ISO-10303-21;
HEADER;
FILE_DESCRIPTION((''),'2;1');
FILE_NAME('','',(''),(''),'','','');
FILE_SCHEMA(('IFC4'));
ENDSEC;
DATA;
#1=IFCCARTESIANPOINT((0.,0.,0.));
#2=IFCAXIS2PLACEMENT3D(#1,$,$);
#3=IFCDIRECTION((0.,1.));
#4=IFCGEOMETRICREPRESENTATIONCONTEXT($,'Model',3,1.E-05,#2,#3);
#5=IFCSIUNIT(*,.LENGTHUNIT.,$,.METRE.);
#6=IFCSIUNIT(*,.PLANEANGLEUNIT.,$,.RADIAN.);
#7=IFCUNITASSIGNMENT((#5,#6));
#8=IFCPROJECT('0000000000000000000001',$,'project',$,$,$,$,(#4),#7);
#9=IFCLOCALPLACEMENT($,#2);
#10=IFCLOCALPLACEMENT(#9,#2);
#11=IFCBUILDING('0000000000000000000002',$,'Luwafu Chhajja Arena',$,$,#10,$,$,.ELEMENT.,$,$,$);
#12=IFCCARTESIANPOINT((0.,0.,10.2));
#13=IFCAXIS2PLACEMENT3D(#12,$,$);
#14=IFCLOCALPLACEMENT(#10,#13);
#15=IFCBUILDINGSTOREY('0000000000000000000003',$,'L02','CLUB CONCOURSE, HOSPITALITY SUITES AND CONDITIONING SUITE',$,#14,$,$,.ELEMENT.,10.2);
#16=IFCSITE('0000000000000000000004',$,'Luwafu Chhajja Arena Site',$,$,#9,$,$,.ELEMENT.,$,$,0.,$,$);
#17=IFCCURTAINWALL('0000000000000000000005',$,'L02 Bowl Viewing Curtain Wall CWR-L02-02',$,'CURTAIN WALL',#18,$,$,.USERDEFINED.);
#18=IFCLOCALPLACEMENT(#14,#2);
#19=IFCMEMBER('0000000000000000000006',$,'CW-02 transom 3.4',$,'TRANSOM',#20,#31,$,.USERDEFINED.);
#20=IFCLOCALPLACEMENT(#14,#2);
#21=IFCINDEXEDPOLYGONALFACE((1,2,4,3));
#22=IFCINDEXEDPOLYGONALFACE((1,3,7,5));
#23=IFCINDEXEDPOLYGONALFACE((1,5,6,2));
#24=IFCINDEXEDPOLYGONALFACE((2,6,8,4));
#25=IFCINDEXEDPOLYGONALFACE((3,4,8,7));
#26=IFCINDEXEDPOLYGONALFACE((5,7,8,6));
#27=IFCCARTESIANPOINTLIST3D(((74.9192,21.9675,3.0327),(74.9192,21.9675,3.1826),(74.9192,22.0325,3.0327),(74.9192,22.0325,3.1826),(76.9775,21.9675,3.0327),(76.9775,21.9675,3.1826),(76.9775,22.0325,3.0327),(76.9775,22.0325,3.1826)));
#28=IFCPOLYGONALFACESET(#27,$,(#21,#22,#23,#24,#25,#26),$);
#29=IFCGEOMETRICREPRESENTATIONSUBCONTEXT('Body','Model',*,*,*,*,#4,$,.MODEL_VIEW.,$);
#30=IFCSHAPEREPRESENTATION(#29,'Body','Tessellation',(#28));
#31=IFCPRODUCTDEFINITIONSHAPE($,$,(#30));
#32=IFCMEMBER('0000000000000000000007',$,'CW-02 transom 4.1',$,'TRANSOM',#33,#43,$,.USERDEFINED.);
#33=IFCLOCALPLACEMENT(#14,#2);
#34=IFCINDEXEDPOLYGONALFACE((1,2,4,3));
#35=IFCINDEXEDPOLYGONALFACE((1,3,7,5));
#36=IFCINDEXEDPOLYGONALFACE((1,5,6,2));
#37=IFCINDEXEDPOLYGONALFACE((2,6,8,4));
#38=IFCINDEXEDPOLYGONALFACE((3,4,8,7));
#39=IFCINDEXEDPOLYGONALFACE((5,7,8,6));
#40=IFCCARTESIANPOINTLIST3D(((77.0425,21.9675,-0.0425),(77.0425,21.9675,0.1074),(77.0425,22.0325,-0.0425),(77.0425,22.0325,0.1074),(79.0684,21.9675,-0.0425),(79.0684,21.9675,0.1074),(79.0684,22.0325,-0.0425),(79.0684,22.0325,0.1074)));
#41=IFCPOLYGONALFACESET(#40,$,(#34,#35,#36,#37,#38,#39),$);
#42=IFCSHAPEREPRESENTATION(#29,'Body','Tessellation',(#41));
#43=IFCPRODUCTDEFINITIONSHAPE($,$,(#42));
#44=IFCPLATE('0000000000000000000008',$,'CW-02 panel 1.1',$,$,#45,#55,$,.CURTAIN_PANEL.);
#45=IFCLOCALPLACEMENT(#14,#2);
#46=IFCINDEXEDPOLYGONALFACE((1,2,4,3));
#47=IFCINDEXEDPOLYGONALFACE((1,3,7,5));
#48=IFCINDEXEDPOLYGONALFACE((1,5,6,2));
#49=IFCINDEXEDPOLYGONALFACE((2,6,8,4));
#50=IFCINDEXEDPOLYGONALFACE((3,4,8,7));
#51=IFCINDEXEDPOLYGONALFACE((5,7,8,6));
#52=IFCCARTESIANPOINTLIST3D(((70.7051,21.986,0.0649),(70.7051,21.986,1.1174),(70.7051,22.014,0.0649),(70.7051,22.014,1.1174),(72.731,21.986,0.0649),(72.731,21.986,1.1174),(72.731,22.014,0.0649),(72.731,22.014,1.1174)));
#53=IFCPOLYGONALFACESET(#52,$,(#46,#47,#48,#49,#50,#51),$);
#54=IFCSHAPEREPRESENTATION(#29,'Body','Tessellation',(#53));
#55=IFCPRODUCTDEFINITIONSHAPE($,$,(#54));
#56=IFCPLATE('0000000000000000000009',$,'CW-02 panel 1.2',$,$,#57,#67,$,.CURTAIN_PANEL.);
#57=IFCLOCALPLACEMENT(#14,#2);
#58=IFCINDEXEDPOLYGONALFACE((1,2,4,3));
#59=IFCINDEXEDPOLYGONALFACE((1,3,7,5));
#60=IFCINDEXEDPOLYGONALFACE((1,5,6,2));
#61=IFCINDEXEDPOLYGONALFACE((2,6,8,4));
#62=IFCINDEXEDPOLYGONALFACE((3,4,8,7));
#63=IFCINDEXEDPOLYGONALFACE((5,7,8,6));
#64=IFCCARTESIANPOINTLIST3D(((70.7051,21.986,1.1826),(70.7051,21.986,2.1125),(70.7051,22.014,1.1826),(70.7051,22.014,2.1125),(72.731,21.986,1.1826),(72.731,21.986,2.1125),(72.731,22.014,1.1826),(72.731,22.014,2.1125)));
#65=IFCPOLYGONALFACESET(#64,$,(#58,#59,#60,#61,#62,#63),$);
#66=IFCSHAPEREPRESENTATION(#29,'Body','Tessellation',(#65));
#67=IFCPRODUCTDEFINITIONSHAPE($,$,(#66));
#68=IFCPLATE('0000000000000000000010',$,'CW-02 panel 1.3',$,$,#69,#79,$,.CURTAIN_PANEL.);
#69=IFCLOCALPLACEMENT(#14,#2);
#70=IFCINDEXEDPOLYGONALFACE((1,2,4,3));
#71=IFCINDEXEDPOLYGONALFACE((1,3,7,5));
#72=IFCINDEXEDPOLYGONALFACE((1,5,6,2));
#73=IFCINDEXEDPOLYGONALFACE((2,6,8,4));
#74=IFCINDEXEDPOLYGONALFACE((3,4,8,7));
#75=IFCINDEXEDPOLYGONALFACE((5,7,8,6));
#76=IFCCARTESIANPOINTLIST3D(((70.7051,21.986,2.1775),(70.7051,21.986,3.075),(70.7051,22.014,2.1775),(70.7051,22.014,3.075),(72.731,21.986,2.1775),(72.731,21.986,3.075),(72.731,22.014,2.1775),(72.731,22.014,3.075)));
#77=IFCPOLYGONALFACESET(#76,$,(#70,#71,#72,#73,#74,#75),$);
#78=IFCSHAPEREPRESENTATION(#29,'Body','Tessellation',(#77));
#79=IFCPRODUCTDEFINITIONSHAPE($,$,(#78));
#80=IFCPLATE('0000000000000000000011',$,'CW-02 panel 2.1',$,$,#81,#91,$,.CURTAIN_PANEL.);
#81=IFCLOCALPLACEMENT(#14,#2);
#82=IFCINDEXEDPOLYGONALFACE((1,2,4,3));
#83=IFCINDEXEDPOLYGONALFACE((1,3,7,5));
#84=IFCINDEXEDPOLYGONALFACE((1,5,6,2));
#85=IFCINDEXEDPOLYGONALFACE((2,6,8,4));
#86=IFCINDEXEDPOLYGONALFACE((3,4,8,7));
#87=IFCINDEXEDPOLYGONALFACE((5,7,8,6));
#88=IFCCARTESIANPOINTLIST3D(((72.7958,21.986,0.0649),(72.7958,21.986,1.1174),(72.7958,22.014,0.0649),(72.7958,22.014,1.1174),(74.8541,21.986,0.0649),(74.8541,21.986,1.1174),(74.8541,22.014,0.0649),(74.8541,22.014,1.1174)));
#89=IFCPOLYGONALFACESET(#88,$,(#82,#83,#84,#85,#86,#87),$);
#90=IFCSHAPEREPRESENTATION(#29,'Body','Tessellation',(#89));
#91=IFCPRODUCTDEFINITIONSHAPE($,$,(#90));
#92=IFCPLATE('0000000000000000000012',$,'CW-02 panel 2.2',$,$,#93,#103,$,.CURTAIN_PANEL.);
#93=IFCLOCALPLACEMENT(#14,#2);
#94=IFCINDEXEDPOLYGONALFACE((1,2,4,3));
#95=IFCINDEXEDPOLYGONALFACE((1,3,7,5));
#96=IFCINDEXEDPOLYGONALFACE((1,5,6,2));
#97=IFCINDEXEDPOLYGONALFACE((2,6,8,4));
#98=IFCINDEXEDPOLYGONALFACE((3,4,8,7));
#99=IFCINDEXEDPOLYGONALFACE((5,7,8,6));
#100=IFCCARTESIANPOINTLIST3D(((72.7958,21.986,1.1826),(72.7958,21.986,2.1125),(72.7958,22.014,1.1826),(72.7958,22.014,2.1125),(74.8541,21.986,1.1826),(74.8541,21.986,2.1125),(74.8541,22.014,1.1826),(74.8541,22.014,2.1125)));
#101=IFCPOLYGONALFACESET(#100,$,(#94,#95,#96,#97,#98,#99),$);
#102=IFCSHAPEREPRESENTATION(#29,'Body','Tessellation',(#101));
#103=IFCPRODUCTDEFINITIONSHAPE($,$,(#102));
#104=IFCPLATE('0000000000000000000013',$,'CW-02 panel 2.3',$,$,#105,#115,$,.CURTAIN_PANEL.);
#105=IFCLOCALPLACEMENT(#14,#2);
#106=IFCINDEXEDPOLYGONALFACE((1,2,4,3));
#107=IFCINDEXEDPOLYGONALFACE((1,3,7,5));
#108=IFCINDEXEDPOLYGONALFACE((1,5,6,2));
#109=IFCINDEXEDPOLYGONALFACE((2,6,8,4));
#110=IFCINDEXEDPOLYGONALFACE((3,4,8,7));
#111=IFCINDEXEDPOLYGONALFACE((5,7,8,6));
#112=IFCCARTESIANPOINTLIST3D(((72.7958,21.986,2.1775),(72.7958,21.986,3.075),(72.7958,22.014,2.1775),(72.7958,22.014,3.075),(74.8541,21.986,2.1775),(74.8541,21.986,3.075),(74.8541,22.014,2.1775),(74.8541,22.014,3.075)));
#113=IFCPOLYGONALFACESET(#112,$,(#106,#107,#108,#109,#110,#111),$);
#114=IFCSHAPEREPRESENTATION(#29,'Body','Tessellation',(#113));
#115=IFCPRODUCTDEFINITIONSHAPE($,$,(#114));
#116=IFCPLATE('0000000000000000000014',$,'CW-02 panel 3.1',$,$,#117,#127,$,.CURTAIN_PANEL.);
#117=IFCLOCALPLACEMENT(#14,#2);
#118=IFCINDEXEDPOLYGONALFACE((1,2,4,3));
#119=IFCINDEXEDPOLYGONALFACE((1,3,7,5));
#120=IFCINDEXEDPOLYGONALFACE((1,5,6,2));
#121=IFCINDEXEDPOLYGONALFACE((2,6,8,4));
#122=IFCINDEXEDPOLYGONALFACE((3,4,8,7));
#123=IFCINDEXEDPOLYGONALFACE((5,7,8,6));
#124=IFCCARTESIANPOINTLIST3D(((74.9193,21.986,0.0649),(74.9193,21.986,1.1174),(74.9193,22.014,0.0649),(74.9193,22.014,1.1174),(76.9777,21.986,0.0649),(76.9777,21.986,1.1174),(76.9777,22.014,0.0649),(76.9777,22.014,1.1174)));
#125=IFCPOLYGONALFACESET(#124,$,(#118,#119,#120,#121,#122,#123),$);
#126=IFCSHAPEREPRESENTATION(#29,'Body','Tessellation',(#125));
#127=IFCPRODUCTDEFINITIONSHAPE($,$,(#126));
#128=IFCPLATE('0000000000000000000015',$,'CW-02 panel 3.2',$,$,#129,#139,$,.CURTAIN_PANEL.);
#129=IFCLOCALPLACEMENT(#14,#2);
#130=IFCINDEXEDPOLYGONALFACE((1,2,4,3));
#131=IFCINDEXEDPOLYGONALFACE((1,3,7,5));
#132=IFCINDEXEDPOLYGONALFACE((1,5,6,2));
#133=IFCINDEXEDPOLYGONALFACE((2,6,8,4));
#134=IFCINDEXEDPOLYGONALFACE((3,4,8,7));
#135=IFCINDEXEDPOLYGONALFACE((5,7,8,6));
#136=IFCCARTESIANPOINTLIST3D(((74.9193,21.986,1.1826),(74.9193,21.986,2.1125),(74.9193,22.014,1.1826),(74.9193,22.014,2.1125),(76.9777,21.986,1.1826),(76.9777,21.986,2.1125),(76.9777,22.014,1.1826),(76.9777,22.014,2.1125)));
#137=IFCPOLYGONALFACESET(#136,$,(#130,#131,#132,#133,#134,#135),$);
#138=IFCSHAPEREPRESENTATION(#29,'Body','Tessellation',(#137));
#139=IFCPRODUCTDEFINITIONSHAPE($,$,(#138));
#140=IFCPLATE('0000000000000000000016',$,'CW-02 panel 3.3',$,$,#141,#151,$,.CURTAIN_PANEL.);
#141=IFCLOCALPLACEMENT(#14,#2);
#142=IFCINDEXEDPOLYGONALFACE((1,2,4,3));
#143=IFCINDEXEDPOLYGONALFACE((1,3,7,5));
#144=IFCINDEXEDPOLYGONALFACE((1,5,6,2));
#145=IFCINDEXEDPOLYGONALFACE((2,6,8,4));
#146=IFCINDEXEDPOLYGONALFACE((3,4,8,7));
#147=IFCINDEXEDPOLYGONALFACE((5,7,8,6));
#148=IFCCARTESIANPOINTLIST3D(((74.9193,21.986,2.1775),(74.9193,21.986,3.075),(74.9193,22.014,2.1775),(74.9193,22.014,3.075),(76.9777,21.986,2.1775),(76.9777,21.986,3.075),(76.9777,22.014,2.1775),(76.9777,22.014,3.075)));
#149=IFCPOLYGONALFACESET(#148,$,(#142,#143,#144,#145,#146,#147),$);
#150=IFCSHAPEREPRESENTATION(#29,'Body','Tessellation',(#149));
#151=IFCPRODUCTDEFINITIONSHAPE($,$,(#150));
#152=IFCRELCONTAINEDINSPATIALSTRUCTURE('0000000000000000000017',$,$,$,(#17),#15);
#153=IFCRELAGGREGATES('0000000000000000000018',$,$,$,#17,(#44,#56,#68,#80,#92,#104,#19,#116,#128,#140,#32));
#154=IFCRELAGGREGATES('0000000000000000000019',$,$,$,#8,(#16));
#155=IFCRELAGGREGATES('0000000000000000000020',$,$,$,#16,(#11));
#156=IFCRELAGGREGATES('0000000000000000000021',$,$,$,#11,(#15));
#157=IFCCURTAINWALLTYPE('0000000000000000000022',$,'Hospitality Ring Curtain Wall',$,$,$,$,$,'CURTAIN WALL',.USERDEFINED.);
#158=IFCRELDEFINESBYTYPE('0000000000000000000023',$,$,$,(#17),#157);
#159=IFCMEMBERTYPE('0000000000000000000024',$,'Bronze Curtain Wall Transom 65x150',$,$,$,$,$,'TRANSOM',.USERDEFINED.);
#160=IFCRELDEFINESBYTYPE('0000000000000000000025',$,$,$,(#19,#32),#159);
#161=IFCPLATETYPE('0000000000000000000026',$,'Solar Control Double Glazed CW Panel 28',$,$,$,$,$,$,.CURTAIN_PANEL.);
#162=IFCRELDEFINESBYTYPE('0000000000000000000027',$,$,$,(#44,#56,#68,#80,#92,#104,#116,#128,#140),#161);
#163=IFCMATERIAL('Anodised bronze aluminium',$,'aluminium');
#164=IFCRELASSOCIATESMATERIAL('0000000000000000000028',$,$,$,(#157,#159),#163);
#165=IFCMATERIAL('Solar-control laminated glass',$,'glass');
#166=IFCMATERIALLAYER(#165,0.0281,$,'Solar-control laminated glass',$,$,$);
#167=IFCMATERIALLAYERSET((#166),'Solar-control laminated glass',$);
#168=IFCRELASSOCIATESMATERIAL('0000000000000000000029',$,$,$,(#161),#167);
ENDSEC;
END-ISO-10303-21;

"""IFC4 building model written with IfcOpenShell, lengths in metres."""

from ifc_helpers import new_model, si_unit, direction, frame, origin, origin_2d, place, context, subcontext, project, spatial, rectangle, extrude, material, layer, layer_set, material_profile, profile_set, type_object, element, aggregate, save


model = new_model("IFC4")

# Units and contexts
model_context = context("Model", 3, precision=1e-05, world=origin(), true_north=direction((0.0, 1.0)))
body_context = subcontext(model_context, "Body", "Model", "MODEL_VIEW")
ifc_project = project(units=[si_unit("LENGTHUNIT", "METRE"), si_unit("PLANEANGLEUNIT", "RADIAN")], contexts=[model_context])

# Site, building, storey
site_placement = place(None, origin())
site = spatial("IfcSite", under=ifc_project, at=site_placement, Name="Luwafu Chhajja Arena Site", CompositionType="ELEMENT", RefElevation=0.0)
building_placement = place(site_placement, origin())
building = spatial("IfcBuilding", under=site, at=building_placement, Name="Luwafu Chhajja Arena", CompositionType="ELEMENT")
storey_placement = place(building_placement, frame((0.0, 0.0, 10.2)))
storey = spatial("IfcBuildingStorey", under=building, at=storey_placement, Name="L02", Description="CLUB CONCOURSE, HOSPITALITY SUITES AND CONDITIONING SUITE", CompositionType="ELEMENT", Elevation=10.2)

# Curtain wall, members, plates
ifc_material_1 = material(Name="Anodised bronze aluminium", Category="aluminium")
curtain_wall_type = type_object("IfcCurtainWallType", Name="Hospitality Ring Curtain Wall", ElementType="CURTAIN WALL", PredefinedType="USERDEFINED", material=ifc_material_1)
curtain_wall_placement = place(storey_placement, origin())
curtain_wall = element("IfcCurtainWall", 1, at=curtain_wall_placement, inside=storey, type_object=curtain_wall_type, Name="L02 Bowl Viewing Curtain Wall CWR-L02-02", ObjectType="CURTAIN WALL", PredefinedType="USERDEFINED")
ifc_material_profile_1 = material_profile(ifc_material_1, rectangle(XDim=0.0649, YDim=0.1499, at=origin_2d()), Name="CWT 65x150")
ifc_profile_set_1 = profile_set([ifc_material_profile_1], Name="Anodised bronze aluminium")
member_type_1 = type_object("IfcMemberType", Name="Bronze Curtain Wall Transom 65x150", ElementType="TRANSOM", PredefinedType="USERDEFINED", material=ifc_profile_set_1)
member_1_placement = place(storey_placement, frame((74.9192, 22.0, 3.1077), z_axis=(1.0, 0.0, 0.0), x_axis=(0.0, 1.0, 0.0)))
member_1 = element("IfcMember", 2, at=member_1_placement, type_object=member_type_1, Name="CW-02 transom 3.4", ObjectType="TRANSOM", PredefinedType="USERDEFINED", context=body_context, shape_type="SweptSolid", body=[
    extrude(rectangle(XDim=0.0649, YDim=0.1499, at=origin_2d()), origin(), (0.0, 0.0, 1.0), 2.0583),
])
member_2_placement = place(storey_placement, frame((77.0425, 22.0, 0.0325), z_axis=(1.0, 0.0, 0.0), x_axis=(0.0, 1.0, 0.0)))
member_2 = element("IfcMember", 3, at=member_2_placement, type_object=member_type_1, Name="CW-02 transom 4.1", ObjectType="TRANSOM", PredefinedType="USERDEFINED", context=body_context, shape_type="SweptSolid", body=[
    extrude(rectangle(XDim=0.0649, YDim=0.1499, at=origin_2d()), origin(), (0.0, 0.0, 1.0), 2.0259),
])
ifc_material_2 = material(Name="Solar-control laminated glass", Category="glass")
ifc_layer = layer(ifc_material_2, 0.0281, Name="Solar-control laminated glass")
ifc_layer_set = layer_set([ifc_layer], Name="Solar-control laminated glass")
plate_type = type_object("IfcPlateType", Name="Solar Control Double Glazed CW Panel 28", PredefinedType="CURTAIN_PANEL", material=ifc_layer_set)
plate_1_placement = place(storey_placement, frame((71.718, 22.0, 0.0649), z_axis=(0.0, 0.0, 1.0), x_axis=(1.0, 0.0, 0.0)))
plate_1 = element("IfcPlate", 4, at=plate_1_placement, type_object=plate_type, Name="CW-02 panel 1.1", PredefinedType="CURTAIN_PANEL", context=body_context, shape_type="SweptSolid", body=[
    extrude(rectangle(XDim=2.0259, YDim=0.0281, at=origin_2d()), origin(), (0.0, 0.0, 1.0), 1.0525),
])
plate_2_placement = place(storey_placement, frame((71.718, 22.0, 1.1826), z_axis=(0.0, 0.0, 1.0), x_axis=(1.0, 0.0, 0.0)))
plate_2 = element("IfcPlate", 5, at=plate_2_placement, type_object=plate_type, Name="CW-02 panel 1.2", PredefinedType="CURTAIN_PANEL", context=body_context, shape_type="SweptSolid", body=[
    extrude(rectangle(XDim=2.0259, YDim=0.0281, at=origin_2d()), origin(), (0.0, 0.0, 1.0), 0.9299),
])
plate_3_placement = place(storey_placement, frame((71.718, 22.0, 2.1775), z_axis=(0.0, 0.0, 1.0), x_axis=(1.0, 0.0, 0.0)))
plate_3 = element("IfcPlate", 6, at=plate_3_placement, type_object=plate_type, Name="CW-02 panel 1.3", PredefinedType="CURTAIN_PANEL", context=body_context, shape_type="SweptSolid", body=[
    extrude(rectangle(XDim=2.0259, YDim=0.0281, at=origin_2d()), origin(), (0.0, 0.0, 1.0), 0.8975),
])
plate_4_placement = place(storey_placement, frame((73.825, 22.0, 0.0649), z_axis=(0.0, 0.0, 1.0), x_axis=(1.0, 0.0, 0.0)))
plate_4 = element("IfcPlate", 7, at=plate_4_placement, type_object=plate_type, Name="CW-02 panel 2.1", PredefinedType="CURTAIN_PANEL", context=body_context, shape_type="SweptSolid", body=[
    extrude(rectangle(XDim=2.0583, YDim=0.0281, at=origin_2d()), origin(), (0.0, 0.0, 1.0), 1.0525),
])
plate_5_placement = place(storey_placement, frame((73.825, 22.0, 1.1826), z_axis=(0.0, 0.0, 1.0), x_axis=(1.0, 0.0, 0.0)))
plate_5 = element("IfcPlate", 8, at=plate_5_placement, type_object=plate_type, Name="CW-02 panel 2.2", PredefinedType="CURTAIN_PANEL", context=body_context, shape_type="SweptSolid", body=[
    extrude(rectangle(XDim=2.0583, YDim=0.0281, at=origin_2d()), origin(), (0.0, 0.0, 1.0), 0.9299),
])
plate_6_placement = place(storey_placement, frame((73.825, 22.0, 2.1775), z_axis=(0.0, 0.0, 1.0), x_axis=(1.0, 0.0, 0.0)))
plate_6 = element("IfcPlate", 9, at=plate_6_placement, type_object=plate_type, Name="CW-02 panel 2.3", PredefinedType="CURTAIN_PANEL", context=body_context, shape_type="SweptSolid", body=[
    extrude(rectangle(XDim=2.0583, YDim=0.0281, at=origin_2d()), origin(), (0.0, 0.0, 1.0), 0.8975),
])
plate_7_placement = place(storey_placement, frame((75.9485, 22.0, 0.0649), z_axis=(0.0, 0.0, 1.0), x_axis=(1.0, 0.0, 0.0)))
plate_7 = element("IfcPlate", 10, at=plate_7_placement, type_object=plate_type, Name="CW-02 panel 3.1", PredefinedType="CURTAIN_PANEL", context=body_context, shape_type="SweptSolid", body=[
    extrude(rectangle(XDim=2.0583, YDim=0.0281, at=origin_2d()), origin(), (0.0, 0.0, 1.0), 1.0525),
])
plate_8_placement = place(storey_placement, frame((75.9485, 22.0, 1.1826), z_axis=(0.0, 0.0, 1.0), x_axis=(1.0, 0.0, 0.0)))
plate_8 = element("IfcPlate", 11, at=plate_8_placement, type_object=plate_type, Name="CW-02 panel 3.2", PredefinedType="CURTAIN_PANEL", context=body_context, shape_type="SweptSolid", body=[
    extrude(rectangle(XDim=2.0583, YDim=0.0281, at=origin_2d()), origin(), (0.0, 0.0, 1.0), 0.9299),
])
plate_9_placement = place(storey_placement, frame((75.9485, 22.0, 2.1775), z_axis=(0.0, 0.0, 1.0), x_axis=(1.0, 0.0, 0.0)))
plate_9 = element("IfcPlate", 12, at=plate_9_placement, type_object=plate_type, Name="CW-02 panel 3.3", PredefinedType="CURTAIN_PANEL", context=body_context, shape_type="SweptSolid", body=[
    extrude(rectangle(XDim=2.0583, YDim=0.0281, at=origin_2d()), origin(), (0.0, 0.0, 1.0), 0.8975),
])
aggregate(curtain_wall, [plate_1, plate_2, plate_3, plate_4, plate_5, plate_6, member_1, plate_7, plate_8, plate_9, member_2])

save(model, "model.ifc")
